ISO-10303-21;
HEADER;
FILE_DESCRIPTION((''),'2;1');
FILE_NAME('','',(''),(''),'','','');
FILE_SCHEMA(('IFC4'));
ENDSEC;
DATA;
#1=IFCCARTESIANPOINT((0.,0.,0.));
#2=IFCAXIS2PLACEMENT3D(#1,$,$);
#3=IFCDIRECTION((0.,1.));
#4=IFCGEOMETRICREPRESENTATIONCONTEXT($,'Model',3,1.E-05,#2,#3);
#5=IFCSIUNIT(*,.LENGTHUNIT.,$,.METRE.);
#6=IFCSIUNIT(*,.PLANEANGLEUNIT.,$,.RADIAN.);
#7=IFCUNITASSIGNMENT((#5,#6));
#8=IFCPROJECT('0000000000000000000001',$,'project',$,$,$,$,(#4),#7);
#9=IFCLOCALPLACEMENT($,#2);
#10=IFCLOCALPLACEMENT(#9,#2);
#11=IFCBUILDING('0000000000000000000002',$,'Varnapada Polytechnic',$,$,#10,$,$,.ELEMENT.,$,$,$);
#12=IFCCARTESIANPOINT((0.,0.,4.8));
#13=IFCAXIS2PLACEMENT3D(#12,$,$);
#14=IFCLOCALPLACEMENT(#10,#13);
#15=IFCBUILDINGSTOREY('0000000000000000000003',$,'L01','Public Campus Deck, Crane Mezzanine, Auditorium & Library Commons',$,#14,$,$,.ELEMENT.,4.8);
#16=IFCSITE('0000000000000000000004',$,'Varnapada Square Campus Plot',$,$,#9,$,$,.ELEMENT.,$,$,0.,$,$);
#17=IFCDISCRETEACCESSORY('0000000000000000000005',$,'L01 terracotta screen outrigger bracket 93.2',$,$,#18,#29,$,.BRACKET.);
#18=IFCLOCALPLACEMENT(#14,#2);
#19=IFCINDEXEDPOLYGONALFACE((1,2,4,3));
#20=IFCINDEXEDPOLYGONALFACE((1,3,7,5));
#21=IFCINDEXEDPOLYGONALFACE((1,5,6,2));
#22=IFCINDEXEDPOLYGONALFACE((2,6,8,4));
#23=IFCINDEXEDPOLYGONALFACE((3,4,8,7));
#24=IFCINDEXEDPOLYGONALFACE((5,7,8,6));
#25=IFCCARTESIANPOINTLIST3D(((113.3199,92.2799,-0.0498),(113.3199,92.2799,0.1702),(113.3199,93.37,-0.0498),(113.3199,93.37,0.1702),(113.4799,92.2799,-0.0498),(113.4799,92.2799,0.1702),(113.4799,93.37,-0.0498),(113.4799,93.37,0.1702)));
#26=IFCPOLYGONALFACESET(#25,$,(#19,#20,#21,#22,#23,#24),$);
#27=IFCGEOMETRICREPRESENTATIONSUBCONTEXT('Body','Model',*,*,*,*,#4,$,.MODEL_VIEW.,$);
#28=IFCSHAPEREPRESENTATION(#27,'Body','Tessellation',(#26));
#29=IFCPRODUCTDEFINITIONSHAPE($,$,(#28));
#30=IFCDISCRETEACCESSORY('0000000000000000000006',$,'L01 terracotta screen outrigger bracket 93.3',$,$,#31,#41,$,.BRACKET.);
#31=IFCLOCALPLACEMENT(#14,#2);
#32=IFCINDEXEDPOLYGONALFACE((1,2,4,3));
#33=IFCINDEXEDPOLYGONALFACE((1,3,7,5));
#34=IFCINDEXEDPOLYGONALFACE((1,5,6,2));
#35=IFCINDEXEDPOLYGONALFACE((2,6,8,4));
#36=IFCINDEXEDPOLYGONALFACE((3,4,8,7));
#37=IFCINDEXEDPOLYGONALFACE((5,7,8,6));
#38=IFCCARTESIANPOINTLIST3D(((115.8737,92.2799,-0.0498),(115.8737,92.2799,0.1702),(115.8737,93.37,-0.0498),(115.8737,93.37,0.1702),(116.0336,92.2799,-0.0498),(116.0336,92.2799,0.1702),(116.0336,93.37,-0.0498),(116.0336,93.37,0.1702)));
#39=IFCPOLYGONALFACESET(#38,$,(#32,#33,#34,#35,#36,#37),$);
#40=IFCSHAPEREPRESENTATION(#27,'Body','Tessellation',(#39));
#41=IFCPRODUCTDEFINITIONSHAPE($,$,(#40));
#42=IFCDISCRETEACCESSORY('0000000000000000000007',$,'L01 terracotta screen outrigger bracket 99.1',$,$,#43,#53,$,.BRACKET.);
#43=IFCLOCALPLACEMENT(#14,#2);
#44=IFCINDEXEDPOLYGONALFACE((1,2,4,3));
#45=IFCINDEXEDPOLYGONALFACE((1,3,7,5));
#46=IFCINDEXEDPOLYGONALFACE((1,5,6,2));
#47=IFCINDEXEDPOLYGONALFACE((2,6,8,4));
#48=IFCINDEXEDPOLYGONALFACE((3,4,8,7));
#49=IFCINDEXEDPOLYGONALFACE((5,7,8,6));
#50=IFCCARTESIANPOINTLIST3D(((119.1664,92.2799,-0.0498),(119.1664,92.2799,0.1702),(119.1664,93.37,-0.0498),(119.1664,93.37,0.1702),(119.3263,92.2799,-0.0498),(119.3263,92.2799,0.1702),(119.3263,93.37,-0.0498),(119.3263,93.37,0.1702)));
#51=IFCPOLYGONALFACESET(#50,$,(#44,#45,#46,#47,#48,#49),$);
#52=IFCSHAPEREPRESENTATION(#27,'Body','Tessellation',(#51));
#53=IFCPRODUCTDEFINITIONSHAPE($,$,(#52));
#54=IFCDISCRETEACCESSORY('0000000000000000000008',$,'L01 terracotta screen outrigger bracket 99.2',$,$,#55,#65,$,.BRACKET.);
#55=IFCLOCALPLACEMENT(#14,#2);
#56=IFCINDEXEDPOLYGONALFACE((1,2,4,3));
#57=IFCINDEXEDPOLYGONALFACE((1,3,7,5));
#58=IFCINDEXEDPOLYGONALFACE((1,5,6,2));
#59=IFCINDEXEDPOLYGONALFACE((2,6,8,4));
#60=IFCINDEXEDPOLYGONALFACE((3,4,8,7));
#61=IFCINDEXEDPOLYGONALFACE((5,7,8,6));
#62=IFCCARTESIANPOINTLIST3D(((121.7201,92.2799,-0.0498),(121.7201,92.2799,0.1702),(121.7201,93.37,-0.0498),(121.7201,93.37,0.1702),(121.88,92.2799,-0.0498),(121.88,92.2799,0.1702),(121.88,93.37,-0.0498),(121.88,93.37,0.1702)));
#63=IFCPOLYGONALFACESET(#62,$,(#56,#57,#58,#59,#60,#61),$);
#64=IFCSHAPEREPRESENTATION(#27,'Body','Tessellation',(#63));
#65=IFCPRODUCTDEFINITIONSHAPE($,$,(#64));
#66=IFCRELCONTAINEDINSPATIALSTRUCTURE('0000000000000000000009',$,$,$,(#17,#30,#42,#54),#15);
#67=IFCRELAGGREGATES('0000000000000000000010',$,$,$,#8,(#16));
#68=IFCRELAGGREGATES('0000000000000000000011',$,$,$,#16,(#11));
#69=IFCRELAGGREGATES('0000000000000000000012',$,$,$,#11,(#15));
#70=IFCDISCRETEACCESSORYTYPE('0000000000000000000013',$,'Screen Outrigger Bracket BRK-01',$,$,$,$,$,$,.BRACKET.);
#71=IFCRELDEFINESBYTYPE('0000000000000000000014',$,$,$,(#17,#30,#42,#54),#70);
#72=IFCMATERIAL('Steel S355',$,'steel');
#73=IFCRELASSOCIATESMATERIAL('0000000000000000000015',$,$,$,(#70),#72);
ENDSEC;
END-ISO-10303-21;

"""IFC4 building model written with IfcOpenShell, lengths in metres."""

from ifc_helpers import new_model, si_unit, direction, frame, origin, origin_2d, place, context, subcontext, project, spatial, rectangle, extrude, material, type_object, element, save


model = new_model("IFC4")

# Units and contexts
model_context = context("Model", 3, precision=1e-05, world=origin(), true_north=direction((0.0, 1.0)))
body_context = subcontext(model_context, "Body", "Model", "MODEL_VIEW")
ifc_project = project(units=[si_unit("LENGTHUNIT", "METRE"), si_unit("PLANEANGLEUNIT", "RADIAN")], contexts=[model_context])

# Site, building, storey
site_placement = place(None, origin())
site = spatial("IfcSite", under=ifc_project, at=site_placement, Name="Varnapada Square Campus Plot", CompositionType="ELEMENT", RefElevation=0.0)
building_placement = place(site_placement, origin())
building = spatial("IfcBuilding", under=site, at=building_placement, Name="Varnapada Polytechnic", CompositionType="ELEMENT")
storey_placement = place(building_placement, frame((0.0, 0.0, 4.8)))
storey = spatial("IfcBuildingStorey", under=building, at=storey_placement, Name="L01", Description="Public Campus Deck, Crane Mezzanine, Auditorium & Library Commons", CompositionType="ELEMENT", Elevation=4.8)

# Discrete accessories
ifc_material_1 = material(Name="Steel S355", Category="steel")
discrete_accessory_type = type_object("IfcDiscreteAccessoryType", Name="Screen Outrigger Bracket BRK-01", PredefinedType="BRACKET", material=ifc_material_1)
for number, where, z_axis, x_axis, name in (
    (1, (113.3999, 92.825, -0.0498), (0.0, 0.0, 1.0), (1.0, 0.0, 0.0), "L01 terracotta screen outrigger bracket 93.2"),
    (2, (115.9536, 92.825, -0.0498), (0.0, 0.0, 1.0), (1.0, 0.0, 0.0), "L01 terracotta screen outrigger bracket 93.3"),
    (3, (119.2463, 92.825, -0.0498), (0.0, 0.0, 1.0), (1.0, 0.0, 0.0), "L01 terracotta screen outrigger bracket 99.1"),
    (4, (121.8, 92.825, -0.0498), (0.0, 0.0, 1.0), (1.0, 0.0, 0.0), "L01 terracotta screen outrigger bracket 99.2"),
):
    element("IfcDiscreteAccessory", number, at=place(storey_placement, frame(where, z_axis=z_axis, x_axis=x_axis)), inside=storey, type_object=discrete_accessory_type, Name=name, PredefinedType="BRACKET", context=body_context, shape_type="SweptSolid", body=[
        extrude(rectangle(XDim=0.1599, YDim=1.0901, at=origin_2d()), origin(), (0.0, 0.0, 1.0), 0.22),
    ])

save(model, "model.ifc")
